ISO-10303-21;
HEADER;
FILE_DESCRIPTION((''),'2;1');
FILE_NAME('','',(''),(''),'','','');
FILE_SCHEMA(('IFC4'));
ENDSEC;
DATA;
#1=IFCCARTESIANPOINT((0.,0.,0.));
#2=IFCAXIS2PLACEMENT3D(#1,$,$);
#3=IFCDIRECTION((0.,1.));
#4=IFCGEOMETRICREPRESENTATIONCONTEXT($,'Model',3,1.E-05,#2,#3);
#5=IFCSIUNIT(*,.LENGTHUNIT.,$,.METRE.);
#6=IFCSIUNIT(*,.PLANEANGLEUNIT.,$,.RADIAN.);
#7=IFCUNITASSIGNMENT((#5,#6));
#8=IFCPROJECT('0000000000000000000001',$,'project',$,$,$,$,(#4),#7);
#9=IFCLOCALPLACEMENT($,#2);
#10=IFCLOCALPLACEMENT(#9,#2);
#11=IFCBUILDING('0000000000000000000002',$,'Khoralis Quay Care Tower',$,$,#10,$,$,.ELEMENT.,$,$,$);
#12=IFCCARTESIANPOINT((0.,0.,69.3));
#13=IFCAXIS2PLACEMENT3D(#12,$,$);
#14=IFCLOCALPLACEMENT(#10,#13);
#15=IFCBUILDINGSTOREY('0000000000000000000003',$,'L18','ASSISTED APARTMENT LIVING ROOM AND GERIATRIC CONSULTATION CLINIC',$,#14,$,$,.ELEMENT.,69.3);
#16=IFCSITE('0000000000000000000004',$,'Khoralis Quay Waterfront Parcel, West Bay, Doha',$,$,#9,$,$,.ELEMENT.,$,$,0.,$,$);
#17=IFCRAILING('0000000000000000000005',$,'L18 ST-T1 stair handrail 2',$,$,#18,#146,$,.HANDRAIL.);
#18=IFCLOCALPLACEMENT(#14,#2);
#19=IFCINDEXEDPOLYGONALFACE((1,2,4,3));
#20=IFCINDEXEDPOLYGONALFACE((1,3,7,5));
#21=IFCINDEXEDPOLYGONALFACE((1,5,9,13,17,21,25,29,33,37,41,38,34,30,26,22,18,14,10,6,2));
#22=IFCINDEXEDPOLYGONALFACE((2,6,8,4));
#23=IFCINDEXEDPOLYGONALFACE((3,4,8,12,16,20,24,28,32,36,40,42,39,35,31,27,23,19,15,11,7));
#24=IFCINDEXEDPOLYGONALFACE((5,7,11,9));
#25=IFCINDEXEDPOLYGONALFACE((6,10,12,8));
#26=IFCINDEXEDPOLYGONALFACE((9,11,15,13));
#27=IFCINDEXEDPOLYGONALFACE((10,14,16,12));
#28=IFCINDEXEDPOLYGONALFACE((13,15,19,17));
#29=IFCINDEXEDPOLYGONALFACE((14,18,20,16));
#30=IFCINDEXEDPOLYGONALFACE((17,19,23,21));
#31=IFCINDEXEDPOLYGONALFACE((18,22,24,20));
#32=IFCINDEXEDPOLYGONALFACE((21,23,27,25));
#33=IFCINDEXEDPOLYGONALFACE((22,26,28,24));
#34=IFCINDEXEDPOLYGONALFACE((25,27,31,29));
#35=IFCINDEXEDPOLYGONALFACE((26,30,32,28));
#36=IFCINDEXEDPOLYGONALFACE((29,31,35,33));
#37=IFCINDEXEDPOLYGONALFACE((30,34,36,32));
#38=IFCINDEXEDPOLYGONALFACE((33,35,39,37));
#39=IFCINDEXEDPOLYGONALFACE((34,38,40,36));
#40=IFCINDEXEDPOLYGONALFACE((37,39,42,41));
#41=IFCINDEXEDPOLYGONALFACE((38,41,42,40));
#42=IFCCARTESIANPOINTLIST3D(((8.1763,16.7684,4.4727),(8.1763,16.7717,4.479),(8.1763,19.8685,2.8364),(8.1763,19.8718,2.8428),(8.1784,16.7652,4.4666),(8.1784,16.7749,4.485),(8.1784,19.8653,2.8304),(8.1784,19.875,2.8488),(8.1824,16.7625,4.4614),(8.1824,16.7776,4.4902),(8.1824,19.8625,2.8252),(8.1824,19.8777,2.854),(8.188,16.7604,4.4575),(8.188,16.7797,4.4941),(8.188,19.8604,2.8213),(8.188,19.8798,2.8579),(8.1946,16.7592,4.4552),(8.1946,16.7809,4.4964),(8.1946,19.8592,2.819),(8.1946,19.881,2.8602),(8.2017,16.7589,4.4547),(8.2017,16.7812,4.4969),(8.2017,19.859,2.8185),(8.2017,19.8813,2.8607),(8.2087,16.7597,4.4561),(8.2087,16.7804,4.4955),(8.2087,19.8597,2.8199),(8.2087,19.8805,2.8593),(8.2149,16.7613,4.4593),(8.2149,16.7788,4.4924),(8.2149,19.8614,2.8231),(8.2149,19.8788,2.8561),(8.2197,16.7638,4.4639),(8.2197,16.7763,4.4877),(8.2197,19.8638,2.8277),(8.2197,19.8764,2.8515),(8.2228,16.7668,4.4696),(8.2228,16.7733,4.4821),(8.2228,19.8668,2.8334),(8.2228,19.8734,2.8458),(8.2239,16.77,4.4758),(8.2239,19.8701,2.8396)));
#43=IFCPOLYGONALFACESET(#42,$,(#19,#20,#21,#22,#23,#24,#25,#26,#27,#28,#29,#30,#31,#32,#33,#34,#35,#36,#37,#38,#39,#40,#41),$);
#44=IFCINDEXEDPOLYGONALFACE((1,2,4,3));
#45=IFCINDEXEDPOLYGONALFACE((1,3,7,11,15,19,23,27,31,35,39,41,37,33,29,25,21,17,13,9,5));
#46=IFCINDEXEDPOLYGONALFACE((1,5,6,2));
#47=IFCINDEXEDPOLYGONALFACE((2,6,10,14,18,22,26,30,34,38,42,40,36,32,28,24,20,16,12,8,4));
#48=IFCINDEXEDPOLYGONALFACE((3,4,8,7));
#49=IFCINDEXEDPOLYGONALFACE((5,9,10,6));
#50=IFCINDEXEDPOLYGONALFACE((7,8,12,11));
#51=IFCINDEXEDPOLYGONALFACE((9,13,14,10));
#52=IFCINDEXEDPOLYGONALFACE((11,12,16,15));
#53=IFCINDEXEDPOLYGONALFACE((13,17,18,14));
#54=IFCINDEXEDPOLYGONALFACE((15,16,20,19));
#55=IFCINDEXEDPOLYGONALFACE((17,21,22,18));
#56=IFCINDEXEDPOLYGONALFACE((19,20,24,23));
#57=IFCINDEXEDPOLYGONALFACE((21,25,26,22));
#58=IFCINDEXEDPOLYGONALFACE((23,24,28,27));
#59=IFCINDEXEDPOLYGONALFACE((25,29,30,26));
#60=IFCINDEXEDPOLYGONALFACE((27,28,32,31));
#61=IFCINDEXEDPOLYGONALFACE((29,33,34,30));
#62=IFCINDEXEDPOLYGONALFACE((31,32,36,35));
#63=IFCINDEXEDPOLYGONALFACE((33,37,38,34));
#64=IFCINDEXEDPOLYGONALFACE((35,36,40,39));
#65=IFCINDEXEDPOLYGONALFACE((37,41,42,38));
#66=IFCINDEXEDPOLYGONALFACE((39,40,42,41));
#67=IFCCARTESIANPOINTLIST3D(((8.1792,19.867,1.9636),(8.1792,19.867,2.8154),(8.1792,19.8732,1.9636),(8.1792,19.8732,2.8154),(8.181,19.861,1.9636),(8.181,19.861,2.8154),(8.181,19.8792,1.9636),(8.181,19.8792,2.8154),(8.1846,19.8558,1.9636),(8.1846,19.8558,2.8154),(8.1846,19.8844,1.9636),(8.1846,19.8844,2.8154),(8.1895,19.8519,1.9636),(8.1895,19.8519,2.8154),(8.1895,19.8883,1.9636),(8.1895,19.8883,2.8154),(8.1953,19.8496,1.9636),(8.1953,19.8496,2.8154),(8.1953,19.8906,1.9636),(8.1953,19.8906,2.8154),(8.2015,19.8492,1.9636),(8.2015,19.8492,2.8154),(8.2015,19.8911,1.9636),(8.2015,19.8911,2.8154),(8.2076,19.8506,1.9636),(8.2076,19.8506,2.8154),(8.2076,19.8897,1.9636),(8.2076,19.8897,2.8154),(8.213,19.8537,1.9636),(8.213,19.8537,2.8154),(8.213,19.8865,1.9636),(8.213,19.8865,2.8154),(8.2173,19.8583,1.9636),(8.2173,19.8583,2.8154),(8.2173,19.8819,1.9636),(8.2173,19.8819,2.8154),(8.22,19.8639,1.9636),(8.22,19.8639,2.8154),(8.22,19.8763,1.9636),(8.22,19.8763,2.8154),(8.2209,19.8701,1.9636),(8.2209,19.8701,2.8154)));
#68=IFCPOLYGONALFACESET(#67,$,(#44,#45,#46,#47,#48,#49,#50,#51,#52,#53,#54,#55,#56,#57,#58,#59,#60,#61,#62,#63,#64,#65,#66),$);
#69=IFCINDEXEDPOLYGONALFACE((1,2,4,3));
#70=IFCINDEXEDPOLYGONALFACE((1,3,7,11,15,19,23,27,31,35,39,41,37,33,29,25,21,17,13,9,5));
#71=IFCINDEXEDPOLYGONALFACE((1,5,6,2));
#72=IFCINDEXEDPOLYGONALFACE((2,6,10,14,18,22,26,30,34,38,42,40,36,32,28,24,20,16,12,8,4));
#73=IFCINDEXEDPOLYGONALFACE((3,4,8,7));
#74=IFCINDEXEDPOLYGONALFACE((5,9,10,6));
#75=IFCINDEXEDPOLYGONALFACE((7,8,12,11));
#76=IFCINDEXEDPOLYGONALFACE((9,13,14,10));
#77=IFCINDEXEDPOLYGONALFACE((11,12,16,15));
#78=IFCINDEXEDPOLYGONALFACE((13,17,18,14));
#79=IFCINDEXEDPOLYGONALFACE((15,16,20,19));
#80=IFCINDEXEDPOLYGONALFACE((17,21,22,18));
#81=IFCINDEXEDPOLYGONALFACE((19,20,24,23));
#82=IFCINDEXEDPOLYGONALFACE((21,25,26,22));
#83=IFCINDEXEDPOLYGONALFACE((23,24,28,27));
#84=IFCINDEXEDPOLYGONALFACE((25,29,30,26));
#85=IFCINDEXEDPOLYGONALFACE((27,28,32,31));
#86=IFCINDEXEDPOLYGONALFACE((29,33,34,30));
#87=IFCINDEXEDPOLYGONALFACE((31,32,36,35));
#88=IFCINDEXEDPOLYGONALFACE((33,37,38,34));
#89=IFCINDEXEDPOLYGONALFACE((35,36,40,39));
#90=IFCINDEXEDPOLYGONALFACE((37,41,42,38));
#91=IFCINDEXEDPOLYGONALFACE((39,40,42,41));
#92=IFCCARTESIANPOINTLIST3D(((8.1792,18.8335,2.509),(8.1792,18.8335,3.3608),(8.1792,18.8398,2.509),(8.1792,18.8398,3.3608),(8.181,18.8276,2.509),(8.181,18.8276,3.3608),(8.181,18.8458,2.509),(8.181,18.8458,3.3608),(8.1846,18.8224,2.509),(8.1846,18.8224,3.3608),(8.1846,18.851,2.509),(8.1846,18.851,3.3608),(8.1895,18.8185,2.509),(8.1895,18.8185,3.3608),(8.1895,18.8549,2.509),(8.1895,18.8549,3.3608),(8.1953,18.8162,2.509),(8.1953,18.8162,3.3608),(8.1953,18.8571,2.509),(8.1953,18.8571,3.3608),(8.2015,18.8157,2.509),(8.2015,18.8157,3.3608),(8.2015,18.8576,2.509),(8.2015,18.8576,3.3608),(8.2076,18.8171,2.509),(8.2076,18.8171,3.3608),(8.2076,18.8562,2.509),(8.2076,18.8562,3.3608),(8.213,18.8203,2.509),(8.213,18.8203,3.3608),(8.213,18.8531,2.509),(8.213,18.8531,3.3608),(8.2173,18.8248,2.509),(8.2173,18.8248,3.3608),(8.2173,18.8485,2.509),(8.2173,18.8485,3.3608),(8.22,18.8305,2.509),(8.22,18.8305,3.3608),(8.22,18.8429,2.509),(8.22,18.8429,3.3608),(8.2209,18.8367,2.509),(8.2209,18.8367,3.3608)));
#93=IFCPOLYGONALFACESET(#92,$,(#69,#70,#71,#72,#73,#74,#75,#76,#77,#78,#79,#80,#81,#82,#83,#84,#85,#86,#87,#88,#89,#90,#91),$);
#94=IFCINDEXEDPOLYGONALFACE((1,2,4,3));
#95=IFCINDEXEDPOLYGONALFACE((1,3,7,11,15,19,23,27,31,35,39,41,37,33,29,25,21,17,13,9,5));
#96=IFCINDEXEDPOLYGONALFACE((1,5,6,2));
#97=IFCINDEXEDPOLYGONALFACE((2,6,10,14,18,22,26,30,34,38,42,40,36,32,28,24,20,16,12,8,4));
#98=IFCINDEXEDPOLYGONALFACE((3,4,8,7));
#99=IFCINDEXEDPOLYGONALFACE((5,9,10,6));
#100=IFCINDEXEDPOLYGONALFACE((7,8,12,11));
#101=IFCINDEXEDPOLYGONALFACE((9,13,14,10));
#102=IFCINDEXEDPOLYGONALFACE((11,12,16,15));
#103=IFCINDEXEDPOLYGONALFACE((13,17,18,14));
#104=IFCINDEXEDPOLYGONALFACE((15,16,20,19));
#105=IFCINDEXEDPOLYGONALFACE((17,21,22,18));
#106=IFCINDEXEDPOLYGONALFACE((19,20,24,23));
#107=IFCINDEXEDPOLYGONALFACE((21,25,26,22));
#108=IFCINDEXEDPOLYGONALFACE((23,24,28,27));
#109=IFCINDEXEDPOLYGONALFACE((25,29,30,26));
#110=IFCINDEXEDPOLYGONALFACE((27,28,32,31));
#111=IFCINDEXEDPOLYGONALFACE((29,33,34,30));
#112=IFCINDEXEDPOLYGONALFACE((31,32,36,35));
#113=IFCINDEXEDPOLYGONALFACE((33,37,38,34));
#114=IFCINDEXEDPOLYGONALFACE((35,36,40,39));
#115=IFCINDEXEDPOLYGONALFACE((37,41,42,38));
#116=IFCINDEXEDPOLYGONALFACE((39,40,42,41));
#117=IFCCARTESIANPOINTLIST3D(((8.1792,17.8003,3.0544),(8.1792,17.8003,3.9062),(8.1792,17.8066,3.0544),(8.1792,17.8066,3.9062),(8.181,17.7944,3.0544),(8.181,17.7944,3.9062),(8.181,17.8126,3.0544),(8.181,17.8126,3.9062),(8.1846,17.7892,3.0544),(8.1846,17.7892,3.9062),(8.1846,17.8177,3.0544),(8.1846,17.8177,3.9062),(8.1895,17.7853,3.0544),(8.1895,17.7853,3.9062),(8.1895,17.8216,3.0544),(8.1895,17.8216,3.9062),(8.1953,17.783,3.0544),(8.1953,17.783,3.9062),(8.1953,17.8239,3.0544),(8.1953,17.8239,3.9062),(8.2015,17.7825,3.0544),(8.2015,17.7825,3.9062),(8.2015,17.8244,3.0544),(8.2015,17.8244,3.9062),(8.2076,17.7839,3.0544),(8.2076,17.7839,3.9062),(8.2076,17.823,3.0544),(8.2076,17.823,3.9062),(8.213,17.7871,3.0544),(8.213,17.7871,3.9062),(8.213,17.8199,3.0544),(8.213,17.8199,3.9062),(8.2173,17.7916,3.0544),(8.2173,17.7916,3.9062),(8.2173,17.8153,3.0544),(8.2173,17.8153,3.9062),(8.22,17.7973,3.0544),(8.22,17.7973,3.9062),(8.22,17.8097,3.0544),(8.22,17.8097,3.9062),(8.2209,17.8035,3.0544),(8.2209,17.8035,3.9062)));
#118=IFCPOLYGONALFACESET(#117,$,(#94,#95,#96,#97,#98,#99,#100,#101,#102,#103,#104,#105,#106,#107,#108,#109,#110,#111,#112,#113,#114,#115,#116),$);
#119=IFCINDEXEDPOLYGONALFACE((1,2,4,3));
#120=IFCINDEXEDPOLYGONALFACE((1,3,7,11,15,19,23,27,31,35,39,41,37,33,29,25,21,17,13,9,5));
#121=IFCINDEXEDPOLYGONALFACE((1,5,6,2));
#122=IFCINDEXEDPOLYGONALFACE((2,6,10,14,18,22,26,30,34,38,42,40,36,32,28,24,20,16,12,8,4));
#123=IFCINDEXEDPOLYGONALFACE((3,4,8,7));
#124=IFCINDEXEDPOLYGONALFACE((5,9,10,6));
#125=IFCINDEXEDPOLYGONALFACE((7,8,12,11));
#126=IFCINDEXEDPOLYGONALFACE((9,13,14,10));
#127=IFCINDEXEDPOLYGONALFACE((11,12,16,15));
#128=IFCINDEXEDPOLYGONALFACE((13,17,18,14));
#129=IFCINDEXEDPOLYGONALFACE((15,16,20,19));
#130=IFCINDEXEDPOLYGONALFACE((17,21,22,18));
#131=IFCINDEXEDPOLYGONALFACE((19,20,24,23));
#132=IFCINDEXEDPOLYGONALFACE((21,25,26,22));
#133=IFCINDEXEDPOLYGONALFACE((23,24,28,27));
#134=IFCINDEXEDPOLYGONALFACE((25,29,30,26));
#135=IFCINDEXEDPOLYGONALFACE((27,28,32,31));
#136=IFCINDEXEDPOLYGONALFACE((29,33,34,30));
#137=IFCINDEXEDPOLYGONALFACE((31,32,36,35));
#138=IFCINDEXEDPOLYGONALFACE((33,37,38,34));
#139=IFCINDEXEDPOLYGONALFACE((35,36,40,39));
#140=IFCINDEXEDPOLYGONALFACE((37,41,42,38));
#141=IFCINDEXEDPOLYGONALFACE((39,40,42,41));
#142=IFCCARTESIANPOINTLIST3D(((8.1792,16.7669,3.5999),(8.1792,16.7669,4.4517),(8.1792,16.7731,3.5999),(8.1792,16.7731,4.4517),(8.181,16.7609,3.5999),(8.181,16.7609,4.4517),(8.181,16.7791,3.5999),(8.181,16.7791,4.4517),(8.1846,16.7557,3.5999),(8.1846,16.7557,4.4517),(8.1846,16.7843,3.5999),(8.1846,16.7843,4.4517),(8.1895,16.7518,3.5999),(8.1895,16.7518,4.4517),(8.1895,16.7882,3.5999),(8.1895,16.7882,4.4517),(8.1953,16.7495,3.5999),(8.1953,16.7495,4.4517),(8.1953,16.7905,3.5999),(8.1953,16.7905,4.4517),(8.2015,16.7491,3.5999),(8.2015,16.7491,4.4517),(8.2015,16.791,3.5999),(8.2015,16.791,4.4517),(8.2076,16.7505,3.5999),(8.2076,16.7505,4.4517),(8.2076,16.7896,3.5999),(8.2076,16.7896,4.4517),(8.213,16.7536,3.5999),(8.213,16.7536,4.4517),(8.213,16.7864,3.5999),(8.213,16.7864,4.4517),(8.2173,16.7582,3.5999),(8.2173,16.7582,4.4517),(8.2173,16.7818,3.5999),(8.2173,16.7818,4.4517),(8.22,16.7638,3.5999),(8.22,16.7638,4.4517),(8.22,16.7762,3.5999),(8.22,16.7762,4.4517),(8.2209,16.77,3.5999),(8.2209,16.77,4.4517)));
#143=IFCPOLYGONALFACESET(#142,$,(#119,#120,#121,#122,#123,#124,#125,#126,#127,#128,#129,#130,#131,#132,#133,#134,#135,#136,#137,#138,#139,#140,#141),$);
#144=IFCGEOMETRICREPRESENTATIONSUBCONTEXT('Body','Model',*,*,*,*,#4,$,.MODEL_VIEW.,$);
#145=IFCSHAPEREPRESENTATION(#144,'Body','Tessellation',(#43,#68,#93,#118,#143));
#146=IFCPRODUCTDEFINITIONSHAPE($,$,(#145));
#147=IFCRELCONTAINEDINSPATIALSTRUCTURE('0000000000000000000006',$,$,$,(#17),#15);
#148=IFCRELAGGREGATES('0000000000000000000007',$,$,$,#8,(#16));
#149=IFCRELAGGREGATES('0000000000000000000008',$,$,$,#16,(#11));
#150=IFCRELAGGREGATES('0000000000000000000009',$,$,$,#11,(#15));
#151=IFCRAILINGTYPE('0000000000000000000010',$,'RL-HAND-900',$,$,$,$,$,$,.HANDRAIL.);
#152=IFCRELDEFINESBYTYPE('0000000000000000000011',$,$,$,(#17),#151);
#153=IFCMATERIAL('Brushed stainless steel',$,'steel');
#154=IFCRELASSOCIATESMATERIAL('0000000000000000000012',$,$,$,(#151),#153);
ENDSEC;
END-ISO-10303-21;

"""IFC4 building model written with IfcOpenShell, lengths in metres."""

from ifc_helpers import new_model, si_unit, direction, frame, origin, origin_2d, place, context, subcontext, project, spatial, circle, extrude, material, type_object, element, save


model = new_model("IFC4")

# Units and contexts
model_context = context("Model", 3, precision=1e-05, world=origin(), true_north=direction((0.0, 1.0)))
body_context = subcontext(model_context, "Body", "Model", "MODEL_VIEW")
ifc_project = project(units=[si_unit("LENGTHUNIT", "METRE"), si_unit("PLANEANGLEUNIT", "RADIAN")], contexts=[model_context])

# Site, building, storey
site_placement = place(None, origin())
site = spatial("IfcSite", under=ifc_project, at=site_placement, Name="Khoralis Quay Waterfront Parcel, West Bay, Doha", CompositionType="ELEMENT", RefElevation=0.0)
building_placement = place(site_placement, origin())
building = spatial("IfcBuilding", under=site, at=building_placement, Name="Khoralis Quay Care Tower", CompositionType="ELEMENT")
storey_placement = place(building_placement, frame((0.0, 0.0, 69.3)))
storey = spatial("IfcBuildingStorey", under=building, at=storey_placement, Name="L18", Description="ASSISTED APARTMENT LIVING ROOM AND GERIATRIC CONSULTATION CLINIC", CompositionType="ELEMENT", Elevation=69.3)

# Railing
ifc_material_1 = material(Name="Brushed stainless steel", Category="steel")
railing_type_1 = type_object("IfcRailingType", Name="RL-HAND-900", PredefinedType="HANDRAIL", material=ifc_material_1)
railing_1_placement = place(storey_placement, frame((8.2, 19.8701, 1.9636)))
element("IfcRailing", 1, at=railing_1_placement, inside=storey, type_object=railing_type_1, Name="L18 ST-T1 stair handrail 2", PredefinedType="HANDRAIL", context=body_context, shape_type="SweptSolid", body=[
    extrude(circle(Radius=0.0239, at=origin_2d()), frame((0.0, 0.0, 0.876), z_axis=(0.0, -0.884377, 0.466774), x_axis=(1.0, 0.0, 0.0)), (0.0, 0.0, 1.0), 3.5054),
    extrude(circle(Radius=0.021, at=origin_2d()), origin(), (0.0, 0.0, 1.0), 0.8518),
    extrude(circle(Radius=0.021, at=origin_2d()), frame((0.0, -1.0334, 0.5454)), (0.0, 0.0, 1.0), 0.8518),
    extrude(circle(Radius=0.021, at=origin_2d()), frame((0.0, -2.0667, 1.0908)), (0.0, 0.0, 1.0), 0.8518),
    extrude(circle(Radius=0.021, at=origin_2d()), frame((0.0, -3.1001, 1.6362)), (0.0, 0.0, 1.0), 0.8518),
])

save(model, "model.ifc")
